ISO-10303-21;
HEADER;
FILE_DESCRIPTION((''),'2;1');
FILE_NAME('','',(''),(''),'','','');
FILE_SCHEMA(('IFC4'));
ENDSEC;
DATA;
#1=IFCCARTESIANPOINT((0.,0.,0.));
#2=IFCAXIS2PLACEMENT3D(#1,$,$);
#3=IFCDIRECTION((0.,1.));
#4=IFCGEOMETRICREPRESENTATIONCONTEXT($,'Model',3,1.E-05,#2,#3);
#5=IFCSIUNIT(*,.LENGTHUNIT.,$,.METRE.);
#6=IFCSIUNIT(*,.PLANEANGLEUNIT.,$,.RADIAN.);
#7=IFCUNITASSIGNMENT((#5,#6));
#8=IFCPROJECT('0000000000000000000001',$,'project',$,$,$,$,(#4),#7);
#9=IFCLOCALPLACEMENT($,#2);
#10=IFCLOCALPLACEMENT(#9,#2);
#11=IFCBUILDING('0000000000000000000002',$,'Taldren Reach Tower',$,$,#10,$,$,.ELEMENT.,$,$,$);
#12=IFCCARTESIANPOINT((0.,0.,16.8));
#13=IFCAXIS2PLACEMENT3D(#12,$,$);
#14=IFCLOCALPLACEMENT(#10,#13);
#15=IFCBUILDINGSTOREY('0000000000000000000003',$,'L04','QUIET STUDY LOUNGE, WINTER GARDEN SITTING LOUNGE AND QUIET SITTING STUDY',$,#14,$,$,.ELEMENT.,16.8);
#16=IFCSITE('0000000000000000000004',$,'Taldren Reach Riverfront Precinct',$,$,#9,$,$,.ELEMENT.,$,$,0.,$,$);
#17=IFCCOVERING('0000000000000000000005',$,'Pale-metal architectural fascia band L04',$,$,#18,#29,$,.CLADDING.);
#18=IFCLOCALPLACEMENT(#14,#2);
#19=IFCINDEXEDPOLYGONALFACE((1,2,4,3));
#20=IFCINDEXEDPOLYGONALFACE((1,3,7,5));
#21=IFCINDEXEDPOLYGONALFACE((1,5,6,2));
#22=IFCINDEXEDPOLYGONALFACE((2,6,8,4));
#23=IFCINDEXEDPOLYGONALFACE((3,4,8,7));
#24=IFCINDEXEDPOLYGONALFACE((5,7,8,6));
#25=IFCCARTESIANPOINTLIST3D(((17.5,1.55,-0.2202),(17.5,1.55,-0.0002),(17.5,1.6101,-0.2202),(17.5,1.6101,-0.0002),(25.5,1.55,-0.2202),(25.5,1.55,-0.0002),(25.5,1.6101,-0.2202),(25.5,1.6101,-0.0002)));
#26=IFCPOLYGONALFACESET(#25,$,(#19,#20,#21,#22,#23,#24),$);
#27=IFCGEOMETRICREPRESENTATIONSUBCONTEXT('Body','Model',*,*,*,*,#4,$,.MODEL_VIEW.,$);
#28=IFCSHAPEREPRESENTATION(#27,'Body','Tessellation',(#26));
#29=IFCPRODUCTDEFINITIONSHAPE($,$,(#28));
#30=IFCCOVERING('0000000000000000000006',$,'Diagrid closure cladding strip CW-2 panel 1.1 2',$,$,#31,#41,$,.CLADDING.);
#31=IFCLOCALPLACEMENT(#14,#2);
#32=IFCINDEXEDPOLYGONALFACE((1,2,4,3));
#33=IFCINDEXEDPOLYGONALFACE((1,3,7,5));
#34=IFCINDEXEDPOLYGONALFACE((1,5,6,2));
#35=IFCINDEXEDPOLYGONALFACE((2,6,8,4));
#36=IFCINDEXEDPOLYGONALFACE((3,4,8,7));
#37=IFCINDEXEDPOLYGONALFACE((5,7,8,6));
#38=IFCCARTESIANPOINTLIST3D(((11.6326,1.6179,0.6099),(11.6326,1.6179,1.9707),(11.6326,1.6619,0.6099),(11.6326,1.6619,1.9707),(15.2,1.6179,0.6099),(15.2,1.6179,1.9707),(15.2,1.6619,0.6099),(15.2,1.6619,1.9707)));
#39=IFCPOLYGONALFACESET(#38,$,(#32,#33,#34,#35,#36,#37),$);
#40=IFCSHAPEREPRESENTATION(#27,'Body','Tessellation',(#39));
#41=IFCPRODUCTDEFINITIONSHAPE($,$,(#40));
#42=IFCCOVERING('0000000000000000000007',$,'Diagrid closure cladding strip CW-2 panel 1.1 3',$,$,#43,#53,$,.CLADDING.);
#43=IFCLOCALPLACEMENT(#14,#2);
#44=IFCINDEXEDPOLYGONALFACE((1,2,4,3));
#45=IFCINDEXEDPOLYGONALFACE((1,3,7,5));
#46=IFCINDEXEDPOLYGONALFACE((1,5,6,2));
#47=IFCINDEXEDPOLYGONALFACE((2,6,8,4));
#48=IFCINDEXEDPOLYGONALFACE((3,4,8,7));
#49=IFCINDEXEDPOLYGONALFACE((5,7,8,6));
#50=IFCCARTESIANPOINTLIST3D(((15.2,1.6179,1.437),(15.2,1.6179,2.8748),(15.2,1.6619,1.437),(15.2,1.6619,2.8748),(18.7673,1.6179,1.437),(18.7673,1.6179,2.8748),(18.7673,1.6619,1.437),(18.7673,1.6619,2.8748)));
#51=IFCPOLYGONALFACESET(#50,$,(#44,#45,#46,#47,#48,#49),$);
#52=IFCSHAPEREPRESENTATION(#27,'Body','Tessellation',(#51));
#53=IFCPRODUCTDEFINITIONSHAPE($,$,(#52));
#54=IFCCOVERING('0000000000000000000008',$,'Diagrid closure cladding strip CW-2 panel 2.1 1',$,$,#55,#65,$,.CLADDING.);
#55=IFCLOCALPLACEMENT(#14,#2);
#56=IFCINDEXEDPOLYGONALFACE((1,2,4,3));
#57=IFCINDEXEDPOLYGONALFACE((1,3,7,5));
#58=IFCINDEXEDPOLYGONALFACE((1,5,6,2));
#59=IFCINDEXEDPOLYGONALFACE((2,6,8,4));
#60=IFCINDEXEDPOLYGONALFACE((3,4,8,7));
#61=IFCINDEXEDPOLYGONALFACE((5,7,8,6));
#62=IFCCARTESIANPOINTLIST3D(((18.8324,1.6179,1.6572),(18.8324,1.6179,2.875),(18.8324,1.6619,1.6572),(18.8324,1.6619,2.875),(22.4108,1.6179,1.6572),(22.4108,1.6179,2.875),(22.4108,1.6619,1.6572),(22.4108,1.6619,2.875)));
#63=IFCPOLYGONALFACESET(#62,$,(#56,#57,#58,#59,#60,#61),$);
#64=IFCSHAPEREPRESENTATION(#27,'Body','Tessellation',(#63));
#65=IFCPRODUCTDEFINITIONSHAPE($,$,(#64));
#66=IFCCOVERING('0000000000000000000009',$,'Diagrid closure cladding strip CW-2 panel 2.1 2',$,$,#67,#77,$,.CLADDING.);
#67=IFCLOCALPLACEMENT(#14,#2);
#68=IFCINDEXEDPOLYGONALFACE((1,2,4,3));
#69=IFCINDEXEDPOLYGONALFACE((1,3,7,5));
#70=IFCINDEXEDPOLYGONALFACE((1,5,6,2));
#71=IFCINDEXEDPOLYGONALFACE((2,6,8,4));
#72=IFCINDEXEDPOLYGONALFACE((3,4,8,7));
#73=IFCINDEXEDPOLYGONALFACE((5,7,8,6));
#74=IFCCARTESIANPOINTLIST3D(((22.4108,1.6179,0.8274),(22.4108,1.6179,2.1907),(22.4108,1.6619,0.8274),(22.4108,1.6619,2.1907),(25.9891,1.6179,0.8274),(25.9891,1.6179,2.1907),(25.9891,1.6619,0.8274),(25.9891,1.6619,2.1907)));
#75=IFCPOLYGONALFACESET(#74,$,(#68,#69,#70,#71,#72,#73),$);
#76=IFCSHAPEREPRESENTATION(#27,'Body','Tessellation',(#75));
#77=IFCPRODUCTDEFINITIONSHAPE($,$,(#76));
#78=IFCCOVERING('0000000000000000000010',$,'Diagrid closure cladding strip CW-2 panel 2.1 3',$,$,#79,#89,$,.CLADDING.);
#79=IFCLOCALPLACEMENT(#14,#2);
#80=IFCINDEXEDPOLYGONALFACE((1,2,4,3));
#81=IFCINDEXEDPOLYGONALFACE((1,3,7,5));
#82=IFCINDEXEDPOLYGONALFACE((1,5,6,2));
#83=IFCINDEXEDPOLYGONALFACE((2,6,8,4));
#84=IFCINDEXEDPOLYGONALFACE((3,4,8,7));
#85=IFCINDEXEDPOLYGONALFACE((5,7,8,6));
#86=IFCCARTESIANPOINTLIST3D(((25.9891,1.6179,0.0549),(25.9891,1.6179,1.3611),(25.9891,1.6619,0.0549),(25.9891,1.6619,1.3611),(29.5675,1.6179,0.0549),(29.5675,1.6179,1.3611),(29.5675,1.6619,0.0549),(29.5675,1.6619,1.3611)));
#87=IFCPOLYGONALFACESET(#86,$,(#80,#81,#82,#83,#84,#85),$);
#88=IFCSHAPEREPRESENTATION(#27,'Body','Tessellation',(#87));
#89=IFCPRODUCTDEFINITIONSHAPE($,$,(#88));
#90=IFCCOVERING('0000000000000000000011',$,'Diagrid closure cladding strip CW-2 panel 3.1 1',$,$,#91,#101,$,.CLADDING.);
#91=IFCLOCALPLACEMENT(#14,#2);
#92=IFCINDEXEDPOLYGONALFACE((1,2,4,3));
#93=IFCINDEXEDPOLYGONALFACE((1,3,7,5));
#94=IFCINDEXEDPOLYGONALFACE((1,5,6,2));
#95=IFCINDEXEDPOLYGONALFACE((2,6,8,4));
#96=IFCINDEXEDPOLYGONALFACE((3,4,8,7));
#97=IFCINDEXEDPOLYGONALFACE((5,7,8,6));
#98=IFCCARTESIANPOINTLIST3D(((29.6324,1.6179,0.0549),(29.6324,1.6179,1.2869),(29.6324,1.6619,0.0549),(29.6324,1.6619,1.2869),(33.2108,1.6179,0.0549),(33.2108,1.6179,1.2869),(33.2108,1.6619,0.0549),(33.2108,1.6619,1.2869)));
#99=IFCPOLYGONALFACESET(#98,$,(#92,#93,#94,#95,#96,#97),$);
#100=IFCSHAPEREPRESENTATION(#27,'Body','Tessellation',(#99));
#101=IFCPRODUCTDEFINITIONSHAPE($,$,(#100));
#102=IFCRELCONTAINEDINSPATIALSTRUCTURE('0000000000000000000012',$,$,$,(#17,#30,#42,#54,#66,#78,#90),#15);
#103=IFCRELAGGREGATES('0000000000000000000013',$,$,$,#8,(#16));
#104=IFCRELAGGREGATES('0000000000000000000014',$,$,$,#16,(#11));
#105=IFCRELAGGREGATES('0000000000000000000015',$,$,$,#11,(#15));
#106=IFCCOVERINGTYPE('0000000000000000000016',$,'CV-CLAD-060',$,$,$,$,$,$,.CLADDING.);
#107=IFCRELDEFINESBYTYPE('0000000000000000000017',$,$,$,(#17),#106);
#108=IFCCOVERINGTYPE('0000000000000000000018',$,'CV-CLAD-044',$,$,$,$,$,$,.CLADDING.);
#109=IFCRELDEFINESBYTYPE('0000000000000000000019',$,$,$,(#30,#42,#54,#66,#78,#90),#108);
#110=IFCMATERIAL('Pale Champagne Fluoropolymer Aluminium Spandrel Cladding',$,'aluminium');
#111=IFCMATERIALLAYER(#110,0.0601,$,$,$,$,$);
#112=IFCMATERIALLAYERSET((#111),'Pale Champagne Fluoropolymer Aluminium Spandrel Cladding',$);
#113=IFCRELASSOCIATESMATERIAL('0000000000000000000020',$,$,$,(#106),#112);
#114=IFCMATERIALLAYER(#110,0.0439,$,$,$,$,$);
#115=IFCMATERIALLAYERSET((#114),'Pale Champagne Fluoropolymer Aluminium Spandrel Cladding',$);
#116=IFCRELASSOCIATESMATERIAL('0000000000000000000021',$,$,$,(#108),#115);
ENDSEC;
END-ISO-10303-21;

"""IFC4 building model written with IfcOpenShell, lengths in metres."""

from ifc_helpers import new_model, si_unit, direction, frame, origin, origin_2d, place, context, subcontext, project, spatial, rectangle, extrude, source, transform, mapped, material, layer, layer_set, type_object, element, save


model = new_model("IFC4")

# Units and contexts
model_context = context("Model", 3, precision=1e-05, world=origin(), true_north=direction((0.0, 1.0)))
body_context = subcontext(model_context, "Body", "Model", "MODEL_VIEW")
ifc_project = project(units=[si_unit("LENGTHUNIT", "METRE"), si_unit("PLANEANGLEUNIT", "RADIAN")], contexts=[model_context])

# Site, building, storey
site_placement = place(None, origin())
site = spatial("IfcSite", under=ifc_project, at=site_placement, Name="Taldren Reach Riverfront Precinct", CompositionType="ELEMENT", RefElevation=0.0)
building_placement = place(site_placement, origin())
building = spatial("IfcBuilding", under=site, at=building_placement, Name="Taldren Reach Tower", CompositionType="ELEMENT")
storey_placement = place(building_placement, frame((0.0, 0.0, 16.8)))
storey = spatial("IfcBuildingStorey", under=building, at=storey_placement, Name="L04", Description="QUIET STUDY LOUNGE, WINTER GARDEN SITTING LOUNGE AND QUIET SITTING STUDY", CompositionType="ELEMENT", Elevation=16.8)

# Coverings
ifc_material_1 = material(Name="Pale Champagne Fluoropolymer Aluminium Spandrel Cladding", Category="aluminium")
ifc_layer_1 = layer(ifc_material_1, 0.0601)
ifc_layer_set_1 = layer_set([ifc_layer_1], Name="Pale Champagne Fluoropolymer Aluminium Spandrel Cladding")
covering_type_1 = type_object("IfcCoveringType", Name="CV-CLAD-060", PredefinedType="CLADDING", material=ifc_layer_set_1)
shared_shape_1 = source(origin(), body_context, "Body", "SweptSolid", [
    extrude(rectangle(XDim=8.0, YDim=0.0601, at=origin_2d()), origin(), (0.0, 0.0, 1.0), 0.22),
])
covering_1_placement = place(storey_placement, frame((21.5, 1.5801, -0.2202), z_axis=(0.0, 0.0, 1.0), x_axis=(1.0, 0.0, 0.0)))
element("IfcCovering", 1, at=covering_1_placement, inside=storey, type_object=covering_type_1, Name="Pale-metal architectural fascia band L04", PredefinedType="CLADDING", context=body_context, shape_type="MappedRepresentation", body=[
    mapped(shared_shape_1, transform((0.0, 0.0, 0.0), scale=1.0)),
])
ifc_layer_2 = layer(ifc_material_1, 0.0439)
ifc_layer_set_2 = layer_set([ifc_layer_2], Name="Pale Champagne Fluoropolymer Aluminium Spandrel Cladding")
covering_type_2 = type_object("IfcCoveringType", Name="CV-CLAD-044", PredefinedType="CLADDING", material=ifc_layer_set_2)
shared_shape_2 = source(origin(), body_context, "Body", "SweptSolid", [
    extrude(rectangle(XDim=3.5674, YDim=0.0439, at=origin_2d()), origin(), (0.0, 0.0, 1.0), 1.3608),
])
covering_2_placement = place(storey_placement, frame((13.4163, 1.6399, 0.6099), z_axis=(0.0, 0.0, 1.0), x_axis=(1.0, 0.0, 0.0)))
element("IfcCovering", 2, at=covering_2_placement, inside=storey, type_object=covering_type_2, Name="Diagrid closure cladding strip CW-2 panel 1.1 2", PredefinedType="CLADDING", context=body_context, shape_type="MappedRepresentation", body=[
    mapped(shared_shape_2, transform((0.0, 0.0, 0.0), scale=1.0)),
])
shared_shape_3 = source(origin(), body_context, "Body", "SweptSolid", [
    extrude(rectangle(XDim=3.5674, YDim=0.0439, at=origin_2d()), origin(), (0.0, 0.0, 1.0), 1.4377),
])
covering_3_placement = place(storey_placement, frame((16.9836, 1.6399, 1.437), z_axis=(0.0, 0.0, 1.0), x_axis=(1.0, 0.0, 0.0)))
element("IfcCovering", 3, at=covering_3_placement, inside=storey, type_object=covering_type_2, Name="Diagrid closure cladding strip CW-2 panel 1.1 3", PredefinedType="CLADDING", context=body_context, shape_type="MappedRepresentation", body=[
    mapped(shared_shape_3, transform((0.0, 0.0, 0.0), scale=1.0)),
])
shared_shape_4 = source(origin(), body_context, "Body", "SweptSolid", [
    extrude(rectangle(XDim=3.5784, YDim=0.0439, at=origin_2d()), origin(), (0.0, 0.0, 1.0), 1.2178),
])
covering_4_placement = place(storey_placement, frame((20.6216, 1.6399, 1.6572), z_axis=(0.0, 0.0, 1.0), x_axis=(1.0, 0.0, 0.0)))
element("IfcCovering", 4, at=covering_4_placement, inside=storey, type_object=covering_type_2, Name="Diagrid closure cladding strip CW-2 panel 2.1 1", PredefinedType="CLADDING", context=body_context, shape_type="MappedRepresentation", body=[
    mapped(shared_shape_4, transform((0.0, 0.0, 0.0), scale=1.0)),
])
shared_shape_5 = source(origin(), body_context, "Body", "SweptSolid", [
    extrude(rectangle(XDim=3.5784, YDim=0.0439, at=origin_2d()), origin(), (0.0, 0.0, 1.0), 1.3633),
])
covering_5_placement = place(storey_placement, frame((24.2, 1.6399, 0.8274), z_axis=(0.0, 0.0, 1.0), x_axis=(1.0, 0.0, 0.0)))
element("IfcCovering", 5, at=covering_5_placement, inside=storey, type_object=covering_type_2, Name="Diagrid closure cladding strip CW-2 panel 2.1 2", PredefinedType="CLADDING", context=body_context, shape_type="MappedRepresentation", body=[
    mapped(shared_shape_5, transform((0.0, 0.0, 0.0), scale=1.0)),
])
shared_shape_6 = source(origin(), body_context, "Body", "SweptSolid", [
    extrude(rectangle(XDim=3.5784, YDim=0.0439, at=origin_2d()), origin(), (0.0, 0.0, 1.0), 1.3062),
])
covering_6_placement = place(storey_placement, frame((27.7783, 1.6399, 0.0549), z_axis=(0.0, 0.0, 1.0), x_axis=(1.0, 0.0, 0.0)))
element("IfcCovering", 6, at=covering_6_placement, inside=storey, type_object=covering_type_2, Name="Diagrid closure cladding strip CW-2 panel 2.1 3", PredefinedType="CLADDING", context=body_context, shape_type="MappedRepresentation", body=[
    mapped(shared_shape_6, transform((0.0, 0.0, 0.0), scale=1.0)),
])
shared_shape_7 = source(origin(), body_context, "Body", "SweptSolid", [
    extrude(rectangle(XDim=3.5784, YDim=0.0439, at=origin_2d()), origin(), (0.0, 0.0, 1.0), 1.2319),
])
covering_7_placement = place(storey_placement, frame((31.4216, 1.6399, 0.0549), z_axis=(0.0, 0.0, 1.0), x_axis=(1.0, 0.0, 0.0)))
element("IfcCovering", 7, at=covering_7_placement, inside=storey, type_object=covering_type_2, Name="Diagrid closure cladding strip CW-2 panel 3.1 1", PredefinedType="CLADDING", context=body_context, shape_type="MappedRepresentation", body=[
    mapped(shared_shape_7, transform((0.0, 0.0, 0.0), scale=1.0)),
])

save(model, "model.ifc")
